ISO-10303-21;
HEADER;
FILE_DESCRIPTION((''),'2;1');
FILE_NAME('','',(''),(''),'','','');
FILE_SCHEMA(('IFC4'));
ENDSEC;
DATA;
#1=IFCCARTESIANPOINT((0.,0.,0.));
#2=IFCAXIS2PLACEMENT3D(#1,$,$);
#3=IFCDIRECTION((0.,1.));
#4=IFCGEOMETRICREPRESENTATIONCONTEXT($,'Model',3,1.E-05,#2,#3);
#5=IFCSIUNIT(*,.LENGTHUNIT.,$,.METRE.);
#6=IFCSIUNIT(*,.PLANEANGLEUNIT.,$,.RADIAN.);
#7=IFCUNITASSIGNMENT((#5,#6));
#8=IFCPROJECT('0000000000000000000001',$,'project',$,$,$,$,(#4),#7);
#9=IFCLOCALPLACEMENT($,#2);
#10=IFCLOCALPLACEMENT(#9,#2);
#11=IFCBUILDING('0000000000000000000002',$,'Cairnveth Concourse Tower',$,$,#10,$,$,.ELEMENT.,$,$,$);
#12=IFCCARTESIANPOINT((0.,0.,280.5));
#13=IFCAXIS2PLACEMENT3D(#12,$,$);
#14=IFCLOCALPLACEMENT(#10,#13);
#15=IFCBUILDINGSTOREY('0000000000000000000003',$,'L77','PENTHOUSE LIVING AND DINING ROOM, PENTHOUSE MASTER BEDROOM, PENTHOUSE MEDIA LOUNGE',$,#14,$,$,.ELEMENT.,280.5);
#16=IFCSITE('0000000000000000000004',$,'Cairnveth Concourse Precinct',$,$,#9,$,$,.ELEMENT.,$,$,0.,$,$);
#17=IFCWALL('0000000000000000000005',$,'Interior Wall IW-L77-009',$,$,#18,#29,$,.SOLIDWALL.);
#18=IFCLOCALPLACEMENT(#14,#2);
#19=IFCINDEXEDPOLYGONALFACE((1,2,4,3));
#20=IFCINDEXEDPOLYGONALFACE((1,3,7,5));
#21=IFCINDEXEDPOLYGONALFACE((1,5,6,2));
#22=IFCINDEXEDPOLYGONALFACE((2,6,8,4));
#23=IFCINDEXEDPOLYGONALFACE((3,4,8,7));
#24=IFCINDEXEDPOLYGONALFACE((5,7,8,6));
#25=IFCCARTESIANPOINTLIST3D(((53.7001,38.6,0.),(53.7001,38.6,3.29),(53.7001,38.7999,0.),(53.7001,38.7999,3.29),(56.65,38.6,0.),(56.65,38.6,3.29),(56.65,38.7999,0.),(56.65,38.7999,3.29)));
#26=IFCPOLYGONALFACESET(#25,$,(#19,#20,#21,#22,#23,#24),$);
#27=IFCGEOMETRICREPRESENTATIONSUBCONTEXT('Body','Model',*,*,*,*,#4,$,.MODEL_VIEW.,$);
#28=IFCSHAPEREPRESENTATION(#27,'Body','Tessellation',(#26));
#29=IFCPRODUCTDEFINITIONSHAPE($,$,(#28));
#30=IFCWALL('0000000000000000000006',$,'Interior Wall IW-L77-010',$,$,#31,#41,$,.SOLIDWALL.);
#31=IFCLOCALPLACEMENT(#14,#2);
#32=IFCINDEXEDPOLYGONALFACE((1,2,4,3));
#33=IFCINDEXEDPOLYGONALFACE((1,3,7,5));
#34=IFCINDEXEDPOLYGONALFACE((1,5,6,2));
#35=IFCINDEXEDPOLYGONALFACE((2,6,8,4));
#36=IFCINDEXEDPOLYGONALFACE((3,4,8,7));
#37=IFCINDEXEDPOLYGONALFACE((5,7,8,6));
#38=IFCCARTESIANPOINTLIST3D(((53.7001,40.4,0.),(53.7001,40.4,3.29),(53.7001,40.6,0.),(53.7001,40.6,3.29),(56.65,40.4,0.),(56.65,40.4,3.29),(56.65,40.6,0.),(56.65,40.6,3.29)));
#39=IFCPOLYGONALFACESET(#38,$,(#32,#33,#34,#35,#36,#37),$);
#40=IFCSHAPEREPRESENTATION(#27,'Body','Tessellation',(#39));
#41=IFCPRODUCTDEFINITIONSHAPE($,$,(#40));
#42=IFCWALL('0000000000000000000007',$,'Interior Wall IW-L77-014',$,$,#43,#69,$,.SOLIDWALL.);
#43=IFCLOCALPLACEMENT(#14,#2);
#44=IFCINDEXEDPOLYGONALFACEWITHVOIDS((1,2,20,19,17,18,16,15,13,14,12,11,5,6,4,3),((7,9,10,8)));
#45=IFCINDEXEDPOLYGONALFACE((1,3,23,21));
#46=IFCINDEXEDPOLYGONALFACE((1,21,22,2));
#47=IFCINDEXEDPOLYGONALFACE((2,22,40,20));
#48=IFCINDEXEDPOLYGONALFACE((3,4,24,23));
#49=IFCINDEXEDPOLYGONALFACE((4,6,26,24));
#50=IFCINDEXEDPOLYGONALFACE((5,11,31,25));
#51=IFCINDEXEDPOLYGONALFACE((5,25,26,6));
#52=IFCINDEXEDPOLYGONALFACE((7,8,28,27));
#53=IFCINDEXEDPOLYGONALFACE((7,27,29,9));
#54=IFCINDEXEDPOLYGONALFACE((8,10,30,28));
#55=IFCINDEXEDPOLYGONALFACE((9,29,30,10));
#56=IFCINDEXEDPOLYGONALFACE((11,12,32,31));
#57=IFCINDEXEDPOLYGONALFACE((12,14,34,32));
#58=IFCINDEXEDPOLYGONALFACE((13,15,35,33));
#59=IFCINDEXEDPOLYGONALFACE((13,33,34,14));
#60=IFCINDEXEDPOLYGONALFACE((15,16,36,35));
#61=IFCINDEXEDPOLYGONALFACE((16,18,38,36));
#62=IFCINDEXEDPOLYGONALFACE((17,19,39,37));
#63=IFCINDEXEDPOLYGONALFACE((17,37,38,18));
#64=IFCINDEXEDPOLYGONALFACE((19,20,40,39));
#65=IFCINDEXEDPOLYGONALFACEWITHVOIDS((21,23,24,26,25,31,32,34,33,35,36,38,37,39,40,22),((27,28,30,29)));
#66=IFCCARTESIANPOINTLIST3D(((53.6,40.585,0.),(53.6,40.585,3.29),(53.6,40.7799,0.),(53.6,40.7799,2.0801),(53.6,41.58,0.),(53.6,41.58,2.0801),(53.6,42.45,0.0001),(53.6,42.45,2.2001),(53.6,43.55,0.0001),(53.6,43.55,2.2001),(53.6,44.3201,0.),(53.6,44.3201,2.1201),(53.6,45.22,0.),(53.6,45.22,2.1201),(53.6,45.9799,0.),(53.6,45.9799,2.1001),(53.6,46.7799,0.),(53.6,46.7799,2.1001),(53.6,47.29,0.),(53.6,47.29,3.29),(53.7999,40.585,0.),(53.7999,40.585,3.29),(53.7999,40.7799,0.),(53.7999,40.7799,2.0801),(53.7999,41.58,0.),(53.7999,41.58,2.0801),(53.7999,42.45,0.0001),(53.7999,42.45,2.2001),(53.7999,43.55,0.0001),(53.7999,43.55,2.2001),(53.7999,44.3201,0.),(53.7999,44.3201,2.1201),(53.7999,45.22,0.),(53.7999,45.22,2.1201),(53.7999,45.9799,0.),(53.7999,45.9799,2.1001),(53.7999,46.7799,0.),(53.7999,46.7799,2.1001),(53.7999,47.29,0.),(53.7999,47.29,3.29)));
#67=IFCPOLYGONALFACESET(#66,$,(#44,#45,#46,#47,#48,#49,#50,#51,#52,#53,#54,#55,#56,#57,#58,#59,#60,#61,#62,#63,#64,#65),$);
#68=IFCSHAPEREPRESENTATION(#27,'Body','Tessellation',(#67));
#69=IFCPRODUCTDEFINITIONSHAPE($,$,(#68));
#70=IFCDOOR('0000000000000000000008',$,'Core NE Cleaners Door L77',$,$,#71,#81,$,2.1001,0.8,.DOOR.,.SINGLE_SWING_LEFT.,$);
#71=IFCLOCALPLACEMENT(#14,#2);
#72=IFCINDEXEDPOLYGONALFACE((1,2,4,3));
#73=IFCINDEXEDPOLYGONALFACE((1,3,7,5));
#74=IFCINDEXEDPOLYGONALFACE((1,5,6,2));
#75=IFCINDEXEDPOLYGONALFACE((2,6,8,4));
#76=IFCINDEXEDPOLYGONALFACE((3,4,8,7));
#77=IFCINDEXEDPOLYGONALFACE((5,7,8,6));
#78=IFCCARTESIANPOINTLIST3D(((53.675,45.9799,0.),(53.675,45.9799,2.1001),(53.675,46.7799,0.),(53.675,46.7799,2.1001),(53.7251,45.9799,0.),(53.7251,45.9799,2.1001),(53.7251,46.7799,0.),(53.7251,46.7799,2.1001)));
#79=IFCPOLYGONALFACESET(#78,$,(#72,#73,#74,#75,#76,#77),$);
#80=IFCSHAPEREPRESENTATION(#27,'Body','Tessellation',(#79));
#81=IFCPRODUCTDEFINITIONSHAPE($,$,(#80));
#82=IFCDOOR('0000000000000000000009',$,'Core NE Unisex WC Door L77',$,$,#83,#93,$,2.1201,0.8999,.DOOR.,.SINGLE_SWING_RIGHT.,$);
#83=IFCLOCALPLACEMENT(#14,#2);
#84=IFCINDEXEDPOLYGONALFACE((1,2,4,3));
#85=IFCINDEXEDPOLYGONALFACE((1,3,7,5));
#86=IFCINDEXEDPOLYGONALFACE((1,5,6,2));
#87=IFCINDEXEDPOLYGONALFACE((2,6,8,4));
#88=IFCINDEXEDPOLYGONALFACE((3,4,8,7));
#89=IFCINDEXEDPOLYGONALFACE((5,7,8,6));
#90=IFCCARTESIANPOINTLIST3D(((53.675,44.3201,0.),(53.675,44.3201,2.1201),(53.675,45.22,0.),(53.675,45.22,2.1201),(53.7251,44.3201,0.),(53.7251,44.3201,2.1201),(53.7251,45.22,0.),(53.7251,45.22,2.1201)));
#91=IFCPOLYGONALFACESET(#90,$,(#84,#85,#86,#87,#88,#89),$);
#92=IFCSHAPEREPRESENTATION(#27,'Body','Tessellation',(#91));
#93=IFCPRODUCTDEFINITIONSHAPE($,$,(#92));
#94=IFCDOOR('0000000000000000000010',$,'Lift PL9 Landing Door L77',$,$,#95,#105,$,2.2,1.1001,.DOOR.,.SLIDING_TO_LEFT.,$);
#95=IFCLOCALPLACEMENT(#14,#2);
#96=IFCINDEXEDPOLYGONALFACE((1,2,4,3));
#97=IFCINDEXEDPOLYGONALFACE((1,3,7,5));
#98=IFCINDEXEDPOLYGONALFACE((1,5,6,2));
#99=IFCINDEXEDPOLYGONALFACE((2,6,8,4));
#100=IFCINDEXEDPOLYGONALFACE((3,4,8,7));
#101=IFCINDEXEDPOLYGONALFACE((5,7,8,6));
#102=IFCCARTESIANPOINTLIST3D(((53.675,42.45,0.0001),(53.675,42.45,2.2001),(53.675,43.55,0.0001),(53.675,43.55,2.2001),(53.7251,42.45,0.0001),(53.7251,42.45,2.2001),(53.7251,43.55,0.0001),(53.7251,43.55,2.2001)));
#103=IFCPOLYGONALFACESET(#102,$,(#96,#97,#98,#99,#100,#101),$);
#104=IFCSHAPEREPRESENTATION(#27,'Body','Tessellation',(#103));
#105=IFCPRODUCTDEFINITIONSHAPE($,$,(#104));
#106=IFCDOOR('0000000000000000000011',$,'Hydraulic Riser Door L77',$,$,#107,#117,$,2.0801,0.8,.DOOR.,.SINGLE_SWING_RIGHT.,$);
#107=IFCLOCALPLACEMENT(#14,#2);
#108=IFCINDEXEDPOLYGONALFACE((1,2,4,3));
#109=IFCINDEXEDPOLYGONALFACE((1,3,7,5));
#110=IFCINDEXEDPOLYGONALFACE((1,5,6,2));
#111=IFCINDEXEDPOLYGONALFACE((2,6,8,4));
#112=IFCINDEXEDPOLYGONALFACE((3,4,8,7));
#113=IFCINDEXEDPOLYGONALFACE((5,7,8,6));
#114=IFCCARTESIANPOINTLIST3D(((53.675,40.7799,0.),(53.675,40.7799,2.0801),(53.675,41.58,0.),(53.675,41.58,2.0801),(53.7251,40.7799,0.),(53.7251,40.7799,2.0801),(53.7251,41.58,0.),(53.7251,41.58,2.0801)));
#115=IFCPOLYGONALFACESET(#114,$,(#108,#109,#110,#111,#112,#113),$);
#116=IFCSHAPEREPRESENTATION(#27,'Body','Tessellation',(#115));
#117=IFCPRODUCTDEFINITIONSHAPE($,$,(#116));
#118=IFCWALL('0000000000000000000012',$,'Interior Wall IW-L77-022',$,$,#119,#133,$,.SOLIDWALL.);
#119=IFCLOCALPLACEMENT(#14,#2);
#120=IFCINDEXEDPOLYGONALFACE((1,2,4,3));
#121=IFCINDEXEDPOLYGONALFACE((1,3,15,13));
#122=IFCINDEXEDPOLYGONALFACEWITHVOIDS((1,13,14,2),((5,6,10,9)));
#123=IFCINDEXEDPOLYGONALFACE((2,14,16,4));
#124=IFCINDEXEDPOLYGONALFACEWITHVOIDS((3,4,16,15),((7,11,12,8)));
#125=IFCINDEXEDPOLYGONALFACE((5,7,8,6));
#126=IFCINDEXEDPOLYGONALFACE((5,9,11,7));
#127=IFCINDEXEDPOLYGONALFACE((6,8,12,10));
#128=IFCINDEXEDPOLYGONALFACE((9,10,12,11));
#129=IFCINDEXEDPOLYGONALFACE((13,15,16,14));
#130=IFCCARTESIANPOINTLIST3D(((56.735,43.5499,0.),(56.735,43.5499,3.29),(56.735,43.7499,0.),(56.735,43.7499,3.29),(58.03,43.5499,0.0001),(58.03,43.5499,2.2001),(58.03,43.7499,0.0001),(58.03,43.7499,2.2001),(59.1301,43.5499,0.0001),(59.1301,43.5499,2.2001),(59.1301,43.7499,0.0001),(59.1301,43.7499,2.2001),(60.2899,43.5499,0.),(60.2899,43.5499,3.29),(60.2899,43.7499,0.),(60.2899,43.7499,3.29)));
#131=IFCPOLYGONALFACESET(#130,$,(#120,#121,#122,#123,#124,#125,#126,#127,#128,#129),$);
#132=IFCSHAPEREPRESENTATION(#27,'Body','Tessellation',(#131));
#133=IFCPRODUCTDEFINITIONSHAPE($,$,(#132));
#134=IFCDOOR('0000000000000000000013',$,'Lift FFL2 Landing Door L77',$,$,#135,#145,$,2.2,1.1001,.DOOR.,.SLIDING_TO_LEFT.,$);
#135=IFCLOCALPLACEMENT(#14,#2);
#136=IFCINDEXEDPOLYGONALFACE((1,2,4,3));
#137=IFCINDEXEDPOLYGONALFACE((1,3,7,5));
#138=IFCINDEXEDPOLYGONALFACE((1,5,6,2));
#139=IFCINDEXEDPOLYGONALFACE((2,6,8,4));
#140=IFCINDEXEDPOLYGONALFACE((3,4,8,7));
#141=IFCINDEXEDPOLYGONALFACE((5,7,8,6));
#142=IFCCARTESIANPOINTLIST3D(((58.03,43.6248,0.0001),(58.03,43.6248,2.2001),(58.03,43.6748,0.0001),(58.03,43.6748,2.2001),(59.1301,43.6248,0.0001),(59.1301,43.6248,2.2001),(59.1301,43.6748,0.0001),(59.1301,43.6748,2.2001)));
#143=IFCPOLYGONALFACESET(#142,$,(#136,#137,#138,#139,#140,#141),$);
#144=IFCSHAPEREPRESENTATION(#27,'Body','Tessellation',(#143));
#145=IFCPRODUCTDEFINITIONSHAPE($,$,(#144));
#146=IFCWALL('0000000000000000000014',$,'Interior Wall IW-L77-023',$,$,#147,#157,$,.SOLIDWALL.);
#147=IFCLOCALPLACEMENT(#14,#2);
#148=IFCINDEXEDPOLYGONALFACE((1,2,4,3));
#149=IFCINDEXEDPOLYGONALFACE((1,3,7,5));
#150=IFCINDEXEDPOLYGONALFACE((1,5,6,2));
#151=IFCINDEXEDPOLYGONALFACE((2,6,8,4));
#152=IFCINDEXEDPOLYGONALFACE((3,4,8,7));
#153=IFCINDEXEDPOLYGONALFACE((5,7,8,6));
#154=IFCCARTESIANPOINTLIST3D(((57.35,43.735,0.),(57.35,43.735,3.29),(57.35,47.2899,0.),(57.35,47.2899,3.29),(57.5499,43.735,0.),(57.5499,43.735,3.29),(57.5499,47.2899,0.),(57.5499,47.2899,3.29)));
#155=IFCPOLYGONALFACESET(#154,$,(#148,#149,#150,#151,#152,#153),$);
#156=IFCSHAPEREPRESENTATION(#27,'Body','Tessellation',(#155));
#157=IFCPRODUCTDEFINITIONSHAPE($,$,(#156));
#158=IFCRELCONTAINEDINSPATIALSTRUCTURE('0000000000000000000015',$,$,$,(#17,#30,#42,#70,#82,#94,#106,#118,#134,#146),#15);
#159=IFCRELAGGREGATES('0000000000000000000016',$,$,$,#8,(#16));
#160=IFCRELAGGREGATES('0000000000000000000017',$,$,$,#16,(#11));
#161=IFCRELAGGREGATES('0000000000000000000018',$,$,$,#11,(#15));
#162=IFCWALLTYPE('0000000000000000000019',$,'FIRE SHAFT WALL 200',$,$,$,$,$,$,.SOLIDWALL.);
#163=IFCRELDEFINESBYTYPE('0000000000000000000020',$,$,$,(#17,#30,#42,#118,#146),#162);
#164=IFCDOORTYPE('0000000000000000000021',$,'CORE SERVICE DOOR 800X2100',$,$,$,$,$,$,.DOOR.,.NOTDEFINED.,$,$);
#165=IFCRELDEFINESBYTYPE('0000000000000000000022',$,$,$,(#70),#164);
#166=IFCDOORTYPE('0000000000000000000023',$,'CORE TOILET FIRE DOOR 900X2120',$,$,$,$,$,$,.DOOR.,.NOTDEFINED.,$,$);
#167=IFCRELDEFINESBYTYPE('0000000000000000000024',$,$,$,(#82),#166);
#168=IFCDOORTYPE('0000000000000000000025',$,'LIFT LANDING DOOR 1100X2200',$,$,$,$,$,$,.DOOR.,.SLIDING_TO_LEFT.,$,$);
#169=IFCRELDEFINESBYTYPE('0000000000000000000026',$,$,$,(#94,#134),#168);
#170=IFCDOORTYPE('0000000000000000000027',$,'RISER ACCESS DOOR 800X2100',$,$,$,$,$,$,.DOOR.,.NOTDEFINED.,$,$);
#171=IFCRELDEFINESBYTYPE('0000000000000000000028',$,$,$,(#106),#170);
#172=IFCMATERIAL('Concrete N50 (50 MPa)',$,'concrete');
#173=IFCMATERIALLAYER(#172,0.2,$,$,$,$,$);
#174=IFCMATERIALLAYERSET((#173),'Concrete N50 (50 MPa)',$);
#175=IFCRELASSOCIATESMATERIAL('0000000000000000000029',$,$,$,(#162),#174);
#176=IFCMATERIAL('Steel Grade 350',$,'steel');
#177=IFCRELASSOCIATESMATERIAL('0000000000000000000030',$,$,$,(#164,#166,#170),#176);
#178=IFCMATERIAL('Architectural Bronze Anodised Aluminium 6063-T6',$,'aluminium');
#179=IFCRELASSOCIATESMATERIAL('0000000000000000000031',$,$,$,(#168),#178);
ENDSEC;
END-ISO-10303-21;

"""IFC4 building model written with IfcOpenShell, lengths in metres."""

from ifc_helpers import new_model, si_unit, direction, frame, frame_2d, origin, place, context, subcontext, project, spatial, rectangle, extrude, material, layer, layer_set, type_object, element, fill, save


model = new_model("IFC4")

# Units and contexts
model_context = context("Model", 3, precision=1e-05, world=origin(), true_north=direction((0.0, 1.0)))
body_context = subcontext(model_context, "Body", "Model", "MODEL_VIEW")
ifc_project = project(units=[si_unit("LENGTHUNIT", "METRE"), si_unit("PLANEANGLEUNIT", "RADIAN")], contexts=[model_context])

# Site, building, storey
site_placement = place(None, origin())
site = spatial("IfcSite", under=ifc_project, at=site_placement, Name="Cairnveth Concourse Precinct", CompositionType="ELEMENT", RefElevation=0.0)
building_placement = place(site_placement, origin())
building = spatial("IfcBuilding", under=site, at=building_placement, Name="Cairnveth Concourse Tower", CompositionType="ELEMENT")
storey_placement = place(building_placement, frame((0.0, 0.0, 280.5)))
storey = spatial("IfcBuildingStorey", under=building, at=storey_placement, Name="L77", Description="PENTHOUSE LIVING AND DINING ROOM, PENTHOUSE MASTER BEDROOM, PENTHOUSE MEDIA LOUNGE", CompositionType="ELEMENT", Elevation=280.5)

# Shared definitions
ifc_material_1 = material(Name="Steel Grade 350", Category="steel")

# Shared definitions
ifc_material_2 = material(Name="Concrete N50 (50 MPa)", Category="concrete")

# Walls
ifc_layer_1 = layer(ifc_material_2, 0.2)
ifc_layer_set_1 = layer_set([ifc_layer_1], Name="Concrete N50 (50 MPa)")
wall_type_1 = type_object("IfcWallType", Name="FIRE SHAFT WALL 200", PredefinedType="SOLIDWALL", material=ifc_layer_set_1)
for number, where, z_axis, x_axis, name in (
    (1, (53.7, 38.7, 0.0), (0.0, 0.0, 1.0), (1.0, 0.0, 0.0), "Interior Wall IW-L77-009"),
    (2, (53.7, 40.5, 0.0), (0.0, 0.0, 1.0), (1.0, 0.0, 0.0), "Interior Wall IW-L77-010"),
):
    element("IfcWall", number, at=place(storey_placement, frame(where, z_axis=z_axis, x_axis=x_axis)), inside=storey, type_object=wall_type_1, Name=name, PredefinedType="SOLIDWALL", context=body_context, shape_type="SweptSolid", body=[
        extrude(rectangle(XDim=2.95, YDim=0.2, at=frame_2d((1.4751, 0.0))), origin(), (0.0, 0.0, 1.0), 3.29),
    ])

# Wall, openings, doors
wall_1_placement = place(storey_placement, frame((53.7, 40.585, 0.0), z_axis=(0.0, 0.0, 1.0), x_axis=(0.0, 1.0, 0.0)))
wall_1 = element("IfcWall", 3, at=wall_1_placement, inside=storey, type_object=wall_type_1, Name="Interior Wall IW-L77-014", PredefinedType="SOLIDWALL", context=body_context, shape_type="SweptSolid", body=[
    extrude(rectangle(XDim=6.7051, YDim=0.2, at=frame_2d((3.3525, 0.0))), origin(), (0.0, 0.0, 1.0), 3.29),
])
opening_1_placement = place(wall_1_placement, frame((0.1951, 0.0, 0.0)))
opening_1 = element("IfcOpeningElement", 4, at=opening_1_placement, cuts=wall_1, PredefinedType="OPENING", context=body_context, shape_type="SweptSolid", body=[
    extrude(rectangle(XDim=0.8, YDim=2.0801, at=frame_2d((0.3999, 1.04))), frame((0.0, 0.1099, 0.0), z_axis=(0.0, -1.0, 0.0), x_axis=(1.0, 0.0, 0.0)), (0.0, 0.0, 1.0), 0.22),
])
opening_2_placement = place(wall_1_placement, frame((1.865, 0.0, 0.0)))
opening_2 = element("IfcOpeningElement", 5, at=opening_2_placement, cuts=wall_1, PredefinedType="OPENING", context=body_context, shape_type="SweptSolid", body=[
    extrude(rectangle(XDim=1.1001, YDim=2.2, at=frame_2d((0.55, 1.1001))), frame((0.0, 0.1099, 0.0), z_axis=(0.0, -1.0, 0.0), x_axis=(1.0, 0.0, 0.0)), (0.0, 0.0, 1.0), 0.22),
])
opening_3_placement = place(wall_1_placement, frame((3.7351, 0.0, 0.0)))
opening_3 = element("IfcOpeningElement", 6, at=opening_3_placement, cuts=wall_1, PredefinedType="OPENING", context=body_context, shape_type="SweptSolid", body=[
    extrude(rectangle(XDim=0.8999, YDim=2.1201, at=frame_2d((0.45, 1.0601))), frame((0.0, 0.1099, 0.0), z_axis=(0.0, -1.0, 0.0), x_axis=(1.0, 0.0, 0.0)), (0.0, 0.0, 1.0), 0.22),
])
opening_4_placement = place(wall_1_placement, frame((5.395, 0.0, 0.0)))
opening_4 = element("IfcOpeningElement", 7, at=opening_4_placement, cuts=wall_1, PredefinedType="OPENING", context=body_context, shape_type="SweptSolid", body=[
    extrude(rectangle(XDim=0.8, YDim=2.1001, at=frame_2d((0.3999, 1.05))), frame((0.0, 0.1099, 0.0), z_axis=(0.0, -1.0, 0.0), x_axis=(1.0, 0.0, 0.0)), (0.0, 0.0, 1.0), 0.22),
])
door_type_1 = type_object("IfcDoorType", Name="CORE SERVICE DOOR 800X2100", OperationType="NOTDEFINED", PredefinedType="DOOR", material=ifc_material_1)
door_1_placement = place(opening_4_placement, origin())
door_1 = element("IfcDoor", 8, at=door_1_placement, inside=storey, type_object=door_type_1, Name="Core NE Cleaners Door L77", OperationType="SINGLE_SWING_LEFT", OverallHeight=2.1001, OverallWidth=0.8, PredefinedType="DOOR", context=body_context, shape_type="SweptSolid", body=[
    extrude(rectangle(XDim=0.8, YDim=2.1001, at=frame_2d((0.3999, 1.05))), frame((0.0, 0.0249, 0.0), z_axis=(0.0, -1.0, 0.0), x_axis=(1.0, 0.0, 0.0)), (0.0, 0.0, 1.0), 0.05),
])
fill(opening_4, door_1)
door_type_2 = type_object("IfcDoorType", Name="CORE TOILET FIRE DOOR 900X2120", OperationType="NOTDEFINED", PredefinedType="DOOR", material=ifc_material_1)
door_2_placement = place(opening_3_placement, origin())
door_2 = element("IfcDoor", 9, at=door_2_placement, inside=storey, type_object=door_type_2, Name="Core NE Unisex WC Door L77", OperationType="SINGLE_SWING_RIGHT", OverallHeight=2.1201, OverallWidth=0.8999, PredefinedType="DOOR", context=body_context, shape_type="SweptSolid", body=[
    extrude(rectangle(XDim=0.8999, YDim=2.1201, at=frame_2d((0.45, 1.0601))), frame((0.0, 0.0249, 0.0), z_axis=(0.0, -1.0, 0.0), x_axis=(1.0, 0.0, 0.0)), (0.0, 0.0, 1.0), 0.05),
])
fill(opening_3, door_2)
ifc_material_3 = material(Name="Architectural Bronze Anodised Aluminium 6063-T6", Category="aluminium")
door_type_3 = type_object("IfcDoorType", Name="LIFT LANDING DOOR 1100X2200", OperationType="SLIDING_TO_LEFT", PredefinedType="DOOR", material=ifc_material_3)
door_3_placement = place(opening_2_placement, origin())
door_3 = element("IfcDoor", 10, at=door_3_placement, inside=storey, type_object=door_type_3, Name="Lift PL9 Landing Door L77", OperationType="SLIDING_TO_LEFT", OverallHeight=2.2, OverallWidth=1.1001, PredefinedType="DOOR", context=body_context, shape_type="SweptSolid", body=[
    extrude(rectangle(XDim=1.1001, YDim=2.2, at=frame_2d((0.55, 1.1001))), frame((0.0, 0.0249, 0.0), z_axis=(0.0, -1.0, 0.0), x_axis=(1.0, 0.0, 0.0)), (0.0, 0.0, 1.0), 0.05),
])
fill(opening_2, door_3)
door_type_4 = type_object("IfcDoorType", Name="RISER ACCESS DOOR 800X2100", OperationType="NOTDEFINED", PredefinedType="DOOR", material=ifc_material_1)
door_4_placement = place(opening_1_placement, origin())
door_4 = element("IfcDoor", 11, at=door_4_placement, inside=storey, type_object=door_type_4, Name="Hydraulic Riser Door L77", OperationType="SINGLE_SWING_RIGHT", OverallHeight=2.0801, OverallWidth=0.8, PredefinedType="DOOR", context=body_context, shape_type="SweptSolid", body=[
    extrude(rectangle(XDim=0.8, YDim=2.0801, at=frame_2d((0.3999, 1.04))), frame((0.0, 0.0249, 0.0), z_axis=(0.0, -1.0, 0.0), x_axis=(1.0, 0.0, 0.0)), (0.0, 0.0, 1.0), 0.05),
])
fill(opening_1, door_4)

# Wall, opening, door
wall_2_placement = place(storey_placement, frame((56.7351, 43.6499, 0.0), z_axis=(0.0, 0.0, 1.0), x_axis=(1.0, 0.0, 0.0)))
wall_2 = element("IfcWall", 12, at=wall_2_placement, inside=storey, type_object=wall_type_1, Name="Interior Wall IW-L77-022", PredefinedType="SOLIDWALL", context=body_context, shape_type="SweptSolid", body=[
    extrude(rectangle(XDim=3.5549, YDim=0.2, at=frame_2d((1.7773, 0.0))), origin(), (0.0, 0.0, 1.0), 3.29),
])
opening_5_placement = place(wall_2_placement, frame((1.2949, 0.0, 0.0)))
opening_5 = element("IfcOpeningElement", 13, at=opening_5_placement, cuts=wall_2, PredefinedType="OPENING", context=body_context, shape_type="SweptSolid", body=[
    extrude(rectangle(XDim=1.1001, YDim=2.2, at=frame_2d((0.55, 1.1001))), frame((0.0, 0.1099, 0.0), z_axis=(0.0, -1.0, 0.0), x_axis=(1.0, 0.0, 0.0)), (0.0, 0.0, 1.0), 0.22),
])
door_5_placement = place(opening_5_placement, origin())
door_5 = element("IfcDoor", 14, at=door_5_placement, inside=storey, type_object=door_type_3, Name="Lift FFL2 Landing Door L77", OperationType="SLIDING_TO_LEFT", OverallHeight=2.2, OverallWidth=1.1001, PredefinedType="DOOR", context=body_context, shape_type="SweptSolid", body=[
    extrude(rectangle(XDim=1.1001, YDim=2.2, at=frame_2d((0.55, 1.1001))), frame((0.0, 0.0249, 0.0), z_axis=(0.0, -1.0, 0.0), x_axis=(1.0, 0.0, 0.0)), (0.0, 0.0, 1.0), 0.05),
])
fill(opening_5, door_5)

# Wall
wall_3_placement = place(storey_placement, frame((57.45, 43.7351, 0.0), z_axis=(0.0, 0.0, 1.0), x_axis=(0.0, 1.0, 0.0)))
element("IfcWall", 15, at=wall_3_placement, inside=storey, type_object=wall_type_1, Name="Interior Wall IW-L77-023", PredefinedType="SOLIDWALL", context=body_context, shape_type="SweptSolid", body=[
    extrude(rectangle(XDim=3.5549, YDim=0.2, at=frame_2d((1.7773, 0.0))), origin(), (0.0, 0.0, 1.0), 3.29),
])

save(model, "model.ifc")
